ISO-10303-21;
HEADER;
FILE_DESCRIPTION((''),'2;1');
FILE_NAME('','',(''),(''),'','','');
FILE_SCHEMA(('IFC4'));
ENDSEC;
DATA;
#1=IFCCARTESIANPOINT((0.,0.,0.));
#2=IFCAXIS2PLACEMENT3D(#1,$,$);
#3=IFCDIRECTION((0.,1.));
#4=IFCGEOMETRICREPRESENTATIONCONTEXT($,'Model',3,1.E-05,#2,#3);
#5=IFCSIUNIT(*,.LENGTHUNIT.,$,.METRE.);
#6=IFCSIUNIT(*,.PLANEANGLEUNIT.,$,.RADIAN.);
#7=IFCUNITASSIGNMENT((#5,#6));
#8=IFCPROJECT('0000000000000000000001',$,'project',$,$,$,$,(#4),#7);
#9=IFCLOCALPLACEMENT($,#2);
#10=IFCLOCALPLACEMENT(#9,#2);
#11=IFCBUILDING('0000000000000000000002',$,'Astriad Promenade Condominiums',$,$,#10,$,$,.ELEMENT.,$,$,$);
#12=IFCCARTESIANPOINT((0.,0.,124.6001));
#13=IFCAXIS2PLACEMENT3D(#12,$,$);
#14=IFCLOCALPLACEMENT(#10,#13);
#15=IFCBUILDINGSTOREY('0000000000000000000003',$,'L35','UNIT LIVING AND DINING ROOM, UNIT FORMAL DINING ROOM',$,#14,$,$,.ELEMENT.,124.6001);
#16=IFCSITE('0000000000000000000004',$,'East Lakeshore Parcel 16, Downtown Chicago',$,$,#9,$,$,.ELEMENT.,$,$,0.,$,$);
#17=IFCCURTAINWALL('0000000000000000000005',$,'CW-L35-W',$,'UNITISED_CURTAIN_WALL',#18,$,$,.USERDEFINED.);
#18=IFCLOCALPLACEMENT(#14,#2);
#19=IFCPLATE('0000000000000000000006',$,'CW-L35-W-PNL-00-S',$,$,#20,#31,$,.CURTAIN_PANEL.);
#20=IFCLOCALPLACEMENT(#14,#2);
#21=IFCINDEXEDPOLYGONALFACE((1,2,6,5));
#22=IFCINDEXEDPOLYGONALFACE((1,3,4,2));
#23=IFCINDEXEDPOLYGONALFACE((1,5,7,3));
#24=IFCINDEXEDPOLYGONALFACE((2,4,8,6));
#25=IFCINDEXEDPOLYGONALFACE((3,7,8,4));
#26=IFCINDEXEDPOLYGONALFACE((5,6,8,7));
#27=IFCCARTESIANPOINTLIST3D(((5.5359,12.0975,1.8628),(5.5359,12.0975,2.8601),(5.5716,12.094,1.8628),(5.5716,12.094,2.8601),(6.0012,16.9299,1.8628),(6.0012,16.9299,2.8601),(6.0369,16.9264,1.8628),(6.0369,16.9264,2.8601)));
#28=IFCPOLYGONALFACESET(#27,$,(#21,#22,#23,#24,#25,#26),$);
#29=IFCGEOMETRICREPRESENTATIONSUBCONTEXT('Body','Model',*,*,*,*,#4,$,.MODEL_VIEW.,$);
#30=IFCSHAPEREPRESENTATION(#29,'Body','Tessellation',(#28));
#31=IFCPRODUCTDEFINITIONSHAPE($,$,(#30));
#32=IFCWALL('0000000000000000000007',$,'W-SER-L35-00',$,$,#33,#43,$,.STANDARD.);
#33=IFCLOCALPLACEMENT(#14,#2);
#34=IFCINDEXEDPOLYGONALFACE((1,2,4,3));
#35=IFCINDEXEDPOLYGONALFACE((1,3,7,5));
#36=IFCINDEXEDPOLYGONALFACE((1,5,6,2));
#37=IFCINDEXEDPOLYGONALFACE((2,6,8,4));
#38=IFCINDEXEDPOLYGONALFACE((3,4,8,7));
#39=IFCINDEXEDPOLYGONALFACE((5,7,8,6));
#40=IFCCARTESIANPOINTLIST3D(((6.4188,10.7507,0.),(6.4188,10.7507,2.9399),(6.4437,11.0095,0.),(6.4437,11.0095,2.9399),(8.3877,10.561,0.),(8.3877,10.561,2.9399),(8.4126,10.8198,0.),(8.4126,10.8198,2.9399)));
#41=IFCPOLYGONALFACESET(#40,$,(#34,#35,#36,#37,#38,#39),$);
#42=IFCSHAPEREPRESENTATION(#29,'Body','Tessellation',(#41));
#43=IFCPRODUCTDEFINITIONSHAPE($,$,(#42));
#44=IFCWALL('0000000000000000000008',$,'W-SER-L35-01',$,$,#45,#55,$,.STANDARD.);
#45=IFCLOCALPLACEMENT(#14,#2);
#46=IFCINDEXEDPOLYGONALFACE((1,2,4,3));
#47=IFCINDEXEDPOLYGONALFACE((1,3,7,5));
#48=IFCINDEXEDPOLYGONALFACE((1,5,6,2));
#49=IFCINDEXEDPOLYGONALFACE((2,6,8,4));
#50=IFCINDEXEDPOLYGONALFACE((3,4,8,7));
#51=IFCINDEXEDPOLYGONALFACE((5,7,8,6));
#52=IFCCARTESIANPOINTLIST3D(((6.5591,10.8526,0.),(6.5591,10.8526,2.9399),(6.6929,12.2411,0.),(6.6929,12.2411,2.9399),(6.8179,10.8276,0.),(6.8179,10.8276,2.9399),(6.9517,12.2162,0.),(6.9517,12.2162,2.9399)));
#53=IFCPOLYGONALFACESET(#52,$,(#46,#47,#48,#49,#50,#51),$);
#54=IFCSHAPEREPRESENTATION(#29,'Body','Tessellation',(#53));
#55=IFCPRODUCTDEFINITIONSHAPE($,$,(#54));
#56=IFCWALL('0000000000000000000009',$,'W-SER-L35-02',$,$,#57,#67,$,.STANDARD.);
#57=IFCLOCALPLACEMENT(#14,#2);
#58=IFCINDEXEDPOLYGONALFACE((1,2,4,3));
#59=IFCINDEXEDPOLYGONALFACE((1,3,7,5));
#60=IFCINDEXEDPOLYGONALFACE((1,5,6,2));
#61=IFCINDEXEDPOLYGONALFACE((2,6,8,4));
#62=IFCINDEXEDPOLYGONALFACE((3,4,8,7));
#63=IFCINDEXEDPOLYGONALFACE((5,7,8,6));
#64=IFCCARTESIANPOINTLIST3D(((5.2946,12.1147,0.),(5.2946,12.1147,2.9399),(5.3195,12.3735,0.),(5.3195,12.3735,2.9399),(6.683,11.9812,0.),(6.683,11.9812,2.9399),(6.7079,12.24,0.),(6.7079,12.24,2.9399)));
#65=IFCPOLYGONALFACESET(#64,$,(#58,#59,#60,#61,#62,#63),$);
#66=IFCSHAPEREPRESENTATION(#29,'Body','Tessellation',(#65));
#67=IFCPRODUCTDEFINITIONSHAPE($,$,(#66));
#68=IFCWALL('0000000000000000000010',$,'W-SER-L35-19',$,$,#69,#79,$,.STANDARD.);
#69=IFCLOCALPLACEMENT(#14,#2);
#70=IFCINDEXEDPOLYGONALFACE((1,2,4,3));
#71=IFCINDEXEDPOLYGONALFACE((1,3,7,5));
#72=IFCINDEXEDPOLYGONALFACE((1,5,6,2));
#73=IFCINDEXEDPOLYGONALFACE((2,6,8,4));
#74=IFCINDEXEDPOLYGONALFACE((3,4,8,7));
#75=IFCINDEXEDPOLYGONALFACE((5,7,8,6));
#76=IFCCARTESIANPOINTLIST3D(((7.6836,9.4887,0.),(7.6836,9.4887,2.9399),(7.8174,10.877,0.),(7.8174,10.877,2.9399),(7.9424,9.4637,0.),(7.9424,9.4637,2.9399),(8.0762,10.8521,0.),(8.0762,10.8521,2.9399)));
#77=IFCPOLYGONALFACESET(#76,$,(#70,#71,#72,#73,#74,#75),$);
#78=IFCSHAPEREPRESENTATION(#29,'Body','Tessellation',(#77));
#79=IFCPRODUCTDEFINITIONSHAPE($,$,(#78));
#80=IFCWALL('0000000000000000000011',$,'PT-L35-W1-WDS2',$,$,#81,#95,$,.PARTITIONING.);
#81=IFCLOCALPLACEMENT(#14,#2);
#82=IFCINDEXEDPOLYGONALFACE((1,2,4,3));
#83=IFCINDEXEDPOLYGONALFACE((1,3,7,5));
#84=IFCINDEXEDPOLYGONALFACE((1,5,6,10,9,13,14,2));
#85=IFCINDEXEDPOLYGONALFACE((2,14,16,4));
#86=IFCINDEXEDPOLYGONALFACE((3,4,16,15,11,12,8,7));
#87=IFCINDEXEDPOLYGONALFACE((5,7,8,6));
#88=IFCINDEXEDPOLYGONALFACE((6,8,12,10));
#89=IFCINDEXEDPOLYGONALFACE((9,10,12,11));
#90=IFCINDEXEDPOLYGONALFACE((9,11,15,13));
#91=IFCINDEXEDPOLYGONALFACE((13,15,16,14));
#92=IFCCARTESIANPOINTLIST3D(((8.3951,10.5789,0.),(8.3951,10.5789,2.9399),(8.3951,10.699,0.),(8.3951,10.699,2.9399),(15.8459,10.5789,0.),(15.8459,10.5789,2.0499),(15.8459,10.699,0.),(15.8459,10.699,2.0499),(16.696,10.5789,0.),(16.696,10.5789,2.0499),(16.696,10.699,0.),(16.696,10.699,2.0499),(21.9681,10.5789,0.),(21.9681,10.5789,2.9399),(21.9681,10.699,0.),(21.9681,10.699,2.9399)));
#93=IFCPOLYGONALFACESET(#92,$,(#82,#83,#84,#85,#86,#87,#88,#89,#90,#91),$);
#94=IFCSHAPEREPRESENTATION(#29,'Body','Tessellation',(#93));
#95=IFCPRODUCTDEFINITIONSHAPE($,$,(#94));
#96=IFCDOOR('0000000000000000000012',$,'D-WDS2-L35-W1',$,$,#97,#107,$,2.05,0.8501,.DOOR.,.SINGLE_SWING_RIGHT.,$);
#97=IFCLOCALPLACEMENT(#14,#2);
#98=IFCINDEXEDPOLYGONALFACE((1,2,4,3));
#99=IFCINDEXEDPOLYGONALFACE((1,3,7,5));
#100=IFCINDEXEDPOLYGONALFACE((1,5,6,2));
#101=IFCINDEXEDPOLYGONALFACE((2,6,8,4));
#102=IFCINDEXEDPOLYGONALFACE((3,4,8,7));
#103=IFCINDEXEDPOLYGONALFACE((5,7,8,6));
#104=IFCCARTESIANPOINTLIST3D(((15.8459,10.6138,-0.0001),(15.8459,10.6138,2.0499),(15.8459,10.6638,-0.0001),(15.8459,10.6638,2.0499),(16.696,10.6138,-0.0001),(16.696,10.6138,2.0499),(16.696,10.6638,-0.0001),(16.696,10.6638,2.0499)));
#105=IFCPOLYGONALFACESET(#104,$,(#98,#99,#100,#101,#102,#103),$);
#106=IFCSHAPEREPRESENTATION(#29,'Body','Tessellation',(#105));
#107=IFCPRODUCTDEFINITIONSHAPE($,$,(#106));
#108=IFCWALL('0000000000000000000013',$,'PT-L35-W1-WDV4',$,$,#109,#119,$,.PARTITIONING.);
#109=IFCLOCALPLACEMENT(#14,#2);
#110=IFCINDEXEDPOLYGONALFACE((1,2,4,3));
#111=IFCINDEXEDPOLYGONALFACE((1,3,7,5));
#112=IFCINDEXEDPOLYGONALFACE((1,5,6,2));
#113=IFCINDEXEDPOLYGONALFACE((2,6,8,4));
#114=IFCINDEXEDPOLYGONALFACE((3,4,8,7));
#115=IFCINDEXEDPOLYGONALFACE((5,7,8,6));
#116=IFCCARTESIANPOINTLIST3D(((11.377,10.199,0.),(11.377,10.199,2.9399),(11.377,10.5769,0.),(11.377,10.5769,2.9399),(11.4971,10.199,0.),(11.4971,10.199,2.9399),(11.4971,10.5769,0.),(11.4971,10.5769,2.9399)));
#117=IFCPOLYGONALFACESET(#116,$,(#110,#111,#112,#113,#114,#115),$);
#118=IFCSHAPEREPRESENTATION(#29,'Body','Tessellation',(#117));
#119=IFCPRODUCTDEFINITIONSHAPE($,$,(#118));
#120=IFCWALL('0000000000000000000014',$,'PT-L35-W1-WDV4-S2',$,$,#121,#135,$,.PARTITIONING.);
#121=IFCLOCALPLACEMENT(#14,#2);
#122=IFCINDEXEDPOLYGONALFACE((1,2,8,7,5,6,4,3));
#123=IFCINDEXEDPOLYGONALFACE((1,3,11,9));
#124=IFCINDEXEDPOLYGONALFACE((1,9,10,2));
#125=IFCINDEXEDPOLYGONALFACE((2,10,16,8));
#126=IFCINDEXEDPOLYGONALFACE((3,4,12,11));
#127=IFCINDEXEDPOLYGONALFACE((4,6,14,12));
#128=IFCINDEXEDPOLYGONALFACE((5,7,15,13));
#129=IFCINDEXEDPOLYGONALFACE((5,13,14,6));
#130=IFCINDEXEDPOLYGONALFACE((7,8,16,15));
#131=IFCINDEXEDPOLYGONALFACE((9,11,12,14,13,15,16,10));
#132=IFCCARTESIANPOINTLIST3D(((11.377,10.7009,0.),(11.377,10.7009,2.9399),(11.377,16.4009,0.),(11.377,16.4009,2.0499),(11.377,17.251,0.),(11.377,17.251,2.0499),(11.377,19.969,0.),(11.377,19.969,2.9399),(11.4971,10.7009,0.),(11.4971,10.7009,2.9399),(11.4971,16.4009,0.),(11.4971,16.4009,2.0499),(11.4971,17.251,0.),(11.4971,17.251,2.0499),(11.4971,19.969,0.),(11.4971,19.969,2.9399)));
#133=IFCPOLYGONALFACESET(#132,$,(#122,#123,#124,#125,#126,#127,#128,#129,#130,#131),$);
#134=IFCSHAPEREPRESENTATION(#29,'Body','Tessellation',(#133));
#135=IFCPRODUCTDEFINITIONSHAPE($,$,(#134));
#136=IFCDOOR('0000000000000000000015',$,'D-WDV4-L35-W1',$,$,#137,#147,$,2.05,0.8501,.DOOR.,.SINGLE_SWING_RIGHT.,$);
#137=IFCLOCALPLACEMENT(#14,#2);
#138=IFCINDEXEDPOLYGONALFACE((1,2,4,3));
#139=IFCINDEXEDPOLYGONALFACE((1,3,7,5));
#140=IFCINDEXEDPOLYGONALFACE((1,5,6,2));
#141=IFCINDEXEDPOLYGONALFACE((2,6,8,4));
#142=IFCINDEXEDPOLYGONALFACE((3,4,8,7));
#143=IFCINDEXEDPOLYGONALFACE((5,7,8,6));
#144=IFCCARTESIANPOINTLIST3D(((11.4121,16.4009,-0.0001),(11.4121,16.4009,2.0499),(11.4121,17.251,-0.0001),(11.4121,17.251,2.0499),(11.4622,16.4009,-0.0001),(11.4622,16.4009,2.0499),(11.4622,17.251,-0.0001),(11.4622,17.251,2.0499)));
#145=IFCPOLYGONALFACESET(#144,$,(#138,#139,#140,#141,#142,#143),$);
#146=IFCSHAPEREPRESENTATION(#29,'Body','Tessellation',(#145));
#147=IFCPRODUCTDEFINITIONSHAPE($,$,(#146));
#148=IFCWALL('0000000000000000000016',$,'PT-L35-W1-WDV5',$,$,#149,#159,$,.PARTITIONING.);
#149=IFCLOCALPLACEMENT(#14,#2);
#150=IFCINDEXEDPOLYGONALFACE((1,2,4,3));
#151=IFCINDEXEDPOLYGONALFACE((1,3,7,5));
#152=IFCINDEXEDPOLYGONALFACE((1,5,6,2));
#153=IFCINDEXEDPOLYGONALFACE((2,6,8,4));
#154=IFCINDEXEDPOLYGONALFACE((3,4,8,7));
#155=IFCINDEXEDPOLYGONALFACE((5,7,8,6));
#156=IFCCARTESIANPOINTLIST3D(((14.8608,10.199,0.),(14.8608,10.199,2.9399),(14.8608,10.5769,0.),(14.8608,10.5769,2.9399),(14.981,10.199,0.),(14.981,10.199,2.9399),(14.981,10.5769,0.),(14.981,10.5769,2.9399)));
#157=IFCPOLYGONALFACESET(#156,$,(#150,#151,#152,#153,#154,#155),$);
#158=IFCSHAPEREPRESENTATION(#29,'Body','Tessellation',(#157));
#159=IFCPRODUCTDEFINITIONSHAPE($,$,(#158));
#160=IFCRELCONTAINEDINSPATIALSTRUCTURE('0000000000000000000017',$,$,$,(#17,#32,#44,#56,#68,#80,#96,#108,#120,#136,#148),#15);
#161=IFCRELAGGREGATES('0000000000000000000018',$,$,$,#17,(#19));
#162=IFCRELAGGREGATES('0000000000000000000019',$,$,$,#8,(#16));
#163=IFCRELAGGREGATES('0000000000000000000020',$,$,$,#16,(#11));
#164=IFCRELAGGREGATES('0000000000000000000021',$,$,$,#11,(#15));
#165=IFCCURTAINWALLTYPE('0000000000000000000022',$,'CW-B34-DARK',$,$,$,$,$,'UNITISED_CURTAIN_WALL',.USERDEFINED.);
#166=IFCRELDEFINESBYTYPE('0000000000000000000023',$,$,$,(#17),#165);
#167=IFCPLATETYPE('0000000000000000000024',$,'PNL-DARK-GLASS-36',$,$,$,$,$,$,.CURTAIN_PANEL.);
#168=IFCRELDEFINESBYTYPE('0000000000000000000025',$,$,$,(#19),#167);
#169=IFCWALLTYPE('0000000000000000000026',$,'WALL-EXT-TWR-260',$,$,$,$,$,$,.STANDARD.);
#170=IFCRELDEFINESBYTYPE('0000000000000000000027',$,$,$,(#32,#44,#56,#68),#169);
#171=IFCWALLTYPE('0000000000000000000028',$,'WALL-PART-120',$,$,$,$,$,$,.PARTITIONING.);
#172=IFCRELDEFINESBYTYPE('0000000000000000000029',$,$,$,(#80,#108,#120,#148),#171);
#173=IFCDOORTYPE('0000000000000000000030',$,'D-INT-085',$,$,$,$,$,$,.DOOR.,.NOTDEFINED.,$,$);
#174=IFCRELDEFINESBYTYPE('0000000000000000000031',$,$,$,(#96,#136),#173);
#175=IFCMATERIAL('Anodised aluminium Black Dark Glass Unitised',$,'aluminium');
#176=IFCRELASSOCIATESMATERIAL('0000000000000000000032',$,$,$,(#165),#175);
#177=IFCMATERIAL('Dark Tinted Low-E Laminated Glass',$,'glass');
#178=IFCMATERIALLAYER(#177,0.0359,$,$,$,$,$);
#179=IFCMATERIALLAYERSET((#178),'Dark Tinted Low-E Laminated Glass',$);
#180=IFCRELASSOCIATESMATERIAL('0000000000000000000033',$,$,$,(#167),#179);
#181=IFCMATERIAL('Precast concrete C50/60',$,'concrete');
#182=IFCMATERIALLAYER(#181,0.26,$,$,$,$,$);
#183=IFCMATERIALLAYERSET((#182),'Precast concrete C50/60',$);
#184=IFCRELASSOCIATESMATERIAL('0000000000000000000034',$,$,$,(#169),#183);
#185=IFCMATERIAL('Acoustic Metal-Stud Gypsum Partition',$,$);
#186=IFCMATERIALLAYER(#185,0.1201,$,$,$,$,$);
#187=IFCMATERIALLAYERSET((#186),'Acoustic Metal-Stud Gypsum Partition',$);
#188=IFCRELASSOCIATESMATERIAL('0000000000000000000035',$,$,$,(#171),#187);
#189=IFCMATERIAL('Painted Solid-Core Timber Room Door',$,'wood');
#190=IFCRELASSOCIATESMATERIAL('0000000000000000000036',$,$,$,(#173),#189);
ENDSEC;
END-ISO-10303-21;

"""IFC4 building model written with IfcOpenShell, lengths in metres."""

from ifc_helpers import new_model, si_unit, direction, frame, frame_2d, origin, origin_2d, place, context, subcontext, project, spatial, rectangle, extrude, source, transform, mapped, material, layer, layer_set, type_object, type_shapes, element, fill, aggregate, save


model = new_model("IFC4")

# Units and contexts
model_context = context("Model", 3, precision=1e-05, world=origin(), true_north=direction((0.0, 1.0)))
body_context = subcontext(model_context, "Body", "Model", "MODEL_VIEW")
ifc_project = project(units=[si_unit("LENGTHUNIT", "METRE"), si_unit("PLANEANGLEUNIT", "RADIAN")], contexts=[model_context])

# Site, building, storey
site_placement = place(None, origin())
site = spatial("IfcSite", under=ifc_project, at=site_placement, Name="East Lakeshore Parcel 16, Downtown Chicago", CompositionType="ELEMENT", RefElevation=0.0)
building_placement = place(site_placement, origin())
building = spatial("IfcBuilding", under=site, at=building_placement, Name="Astriad Promenade Condominiums", CompositionType="ELEMENT")
storey_placement = place(building_placement, frame((0.0, 0.0, 124.6001)))
storey = spatial("IfcBuildingStorey", under=building, at=storey_placement, Name="L35", Description="UNIT LIVING AND DINING ROOM, UNIT FORMAL DINING ROOM", CompositionType="ELEMENT", Elevation=124.6001)

# Curtain wall
ifc_material_1 = material(Name="Anodised aluminium Black Dark Glass Unitised", Category="aluminium")
curtain_wall_type = type_object("IfcCurtainWallType", Name="CW-B34-DARK", ElementType="UNITISED_CURTAIN_WALL", PredefinedType="USERDEFINED", material=ifc_material_1)
curtain_wall_placement = place(storey_placement, origin())
curtain_wall = element("IfcCurtainWall", 1, at=curtain_wall_placement, inside=storey, type_object=curtain_wall_type, Name="CW-L35-W", ObjectType="UNITISED_CURTAIN_WALL", PredefinedType="USERDEFINED")

# Shared definitions
ifc_material_2 = material(Name="Precast concrete C50/60", Category="concrete")

# Plate
ifc_material_3 = material(Name="Dark Tinted Low-E Laminated Glass", Category="glass")
ifc_layer_1 = layer(ifc_material_3, 0.0359)
ifc_layer_set_1 = layer_set([ifc_layer_1], Name="Dark Tinted Low-E Laminated Glass")
plate_type = type_object("IfcPlateType", Name="PNL-DARK-GLASS-36", PredefinedType="CURTAIN_PANEL", material=ifc_layer_set_1)
shared_shape_1 = source(origin(), body_context, "Body", "SweptSolid", [
    extrude(rectangle(XDim=4.8547, YDim=0.0359, at=origin_2d()), origin(), (0.0, 0.0, 1.0), 0.9973),
])
plate_1_placement = place(storey_placement, frame((5.7864, 14.512, 1.8628), z_axis=(0.0, 0.0, 1.0), x_axis=(0.095846, 0.995396, 0.0)))
plate_1 = element("IfcPlate", 2, at=plate_1_placement, type_object=plate_type, Name="CW-L35-W-PNL-00-S", PredefinedType="CURTAIN_PANEL", context=body_context, shape_type="MappedRepresentation", body=[
    mapped(shared_shape_1, transform((0.0, 0.0, 0.0), scale=1.0)),
])
aggregate(curtain_wall, [plate_1])

# Walls
ifc_layer_2 = layer(ifc_material_2, 0.26)
ifc_layer_set_2 = layer_set([ifc_layer_2], Name="Precast concrete C50/60")
wall_type_1 = type_object("IfcWallType", Name="WALL-EXT-TWR-260", PredefinedType="STANDARD", material=ifc_layer_set_2)
wall_1_placement = place(storey_placement, frame((8.4001, 10.6904, 0.0), z_axis=(0.0, 0.0, 1.0), x_axis=(-0.995391, 0.095898, 0.0)))
element("IfcWall", 3, at=wall_1_placement, inside=storey, type_object=wall_type_1, Name="W-SER-L35-00", PredefinedType="STANDARD", context=body_context, shape_type="SweptSolid", body=[
    extrude(rectangle(XDim=1.978, YDim=0.26, at=frame_2d((0.989, 0.0))), origin(), (0.0, 0.0, 1.0), 2.9399),
])
wall_2_placement = place(storey_placement, frame((6.6885, 10.8401, 0.0), z_axis=(0.0, 0.0, 1.0), x_axis=(0.095899, 0.995391, 0.0)))
element("IfcWall", 4, at=wall_2_placement, inside=storey, type_object=wall_type_1, Name="W-SER-L35-01", PredefinedType="STANDARD", context=body_context, shape_type="SweptSolid", body=[
    extrude(rectangle(XDim=1.395, YDim=0.26, at=frame_2d((0.6975, 0.0))), origin(), (0.0, 0.0, 1.0), 2.9399),
])
for number, where, z_axis, x_axis, name in (
    (5, (6.6953, 12.1106, 0.0), (0.0, 0.0, 1.0), (-0.995406, 0.095742, 0.0), "W-SER-L35-02"),
    (6, (7.813, 9.4763, 0.0), (0.0, 0.0, 1.0), (0.095916, 0.995389, 0.0), "W-SER-L35-19"),
):
    element("IfcWall", number, at=place(storey_placement, frame(where, z_axis=z_axis, x_axis=x_axis)), inside=storey, type_object=wall_type_1, Name=name, PredefinedType="STANDARD", context=body_context, shape_type="SweptSolid", body=[
        extrude(rectangle(XDim=1.3948, YDim=0.26, at=frame_2d((0.6973, 0.0))), origin(), (0.0, 0.0, 1.0), 2.9399),
    ])

# Wall, opening, door
ifc_material_4 = material(Name="Acoustic Metal-Stud Gypsum Partition")
ifc_layer_3 = layer(ifc_material_4, 0.1201)
ifc_layer_set_3 = layer_set([ifc_layer_3], Name="Acoustic Metal-Stud Gypsum Partition")
wall_type_2 = type_object("IfcWallType", Name="WALL-PART-120", PredefinedType="PARTITIONING", material=ifc_layer_set_3)
wall_3_placement = place(storey_placement, frame((8.395, 10.6389, 0.0), z_axis=(0.0, 0.0, 1.0), x_axis=(1.0, 0.0, 0.0)))
wall_3 = element("IfcWall", 7, at=wall_3_placement, inside=storey, type_object=wall_type_2, Name="PT-L35-W1-WDS2", PredefinedType="PARTITIONING", context=body_context, shape_type="SweptSolid", body=[
    extrude(rectangle(XDim=13.573, YDim=0.1201, at=frame_2d((6.7866, 0.0))), origin(), (0.0, 0.0, 1.0), 2.9399),
])
opening_1_placement = place(wall_3_placement, frame((7.4509, 0.0, 0.0)))
opening_1 = element("IfcOpeningElement", 8, at=opening_1_placement, cuts=wall_3, PredefinedType="OPENING", context=body_context, shape_type="SweptSolid", body=[
    extrude(rectangle(XDim=0.8501, YDim=2.05, at=frame_2d((0.425, 1.0249))), frame((0.0, 0.0701, 0.0), z_axis=(0.0, -1.0, 0.0), x_axis=(1.0, 0.0, 0.0)), (0.0, 0.0, 1.0), 0.1401),
])
ifc_material_5 = material(Name="Painted Solid-Core Timber Room Door", Category="wood")
door_type = type_object("IfcDoorType", Name="D-INT-085", OperationType="NOTDEFINED", PredefinedType="DOOR", material=ifc_material_5)
shared_shape_2 = source(origin(), body_context, "Body", "SweptSolid", [
    extrude(rectangle(XDim=0.8501, YDim=2.05, at=frame_2d((0.425, 1.0249))), frame((0.0, 0.0249, 0.0), z_axis=(0.0, -1.0, 0.0), x_axis=(1.0, 0.0, 0.0)), (0.0, 0.0, 1.0), 0.05),
])
type_shapes(door_type, [shared_shape_2])
door_1_placement = place(opening_1_placement, origin())
door_1 = element("IfcDoor", 9, at=door_1_placement, inside=storey, type_object=door_type, Name="D-WDS2-L35-W1", OperationType="SINGLE_SWING_RIGHT", OverallHeight=2.05, OverallWidth=0.8501, PredefinedType="DOOR", context=body_context, shape_type="MappedRepresentation", body=[
    mapped(shared_shape_2, transform((0.0, 0.0, 0.0), scale=1.0)),
])
fill(opening_1, door_1)

# Wall
wall_4_placement = place(storey_placement, frame((11.437, 10.199, 0.0), z_axis=(0.0, 0.0, 1.0), x_axis=(0.0, 1.0, 0.0)))
element("IfcWall", 10, at=wall_4_placement, inside=storey, type_object=wall_type_2, Name="PT-L35-W1-WDV4", PredefinedType="PARTITIONING", context=body_context, shape_type="SweptSolid", body=[
    extrude(rectangle(XDim=0.3779, YDim=0.1201, at=frame_2d((0.189, 0.0))), origin(), (0.0, 0.0, 1.0), 2.9399),
])

# Wall, opening, door
wall_5_placement = place(storey_placement, frame((11.437, 10.7009, 0.0), z_axis=(0.0, 0.0, 1.0), x_axis=(0.0, 1.0, 0.0)))
wall_5 = element("IfcWall", 11, at=wall_5_placement, inside=storey, type_object=wall_type_2, Name="PT-L35-W1-WDV4-S2", PredefinedType="PARTITIONING", context=body_context, shape_type="SweptSolid", body=[
    extrude(rectangle(XDim=9.2681, YDim=0.1201, at=frame_2d((4.634, 0.0))), origin(), (0.0, 0.0, 1.0), 2.9399),
])
opening_2_placement = place(wall_5_placement, frame((5.7, 0.0, 0.0)))
opening_2 = element("IfcOpeningElement", 12, at=opening_2_placement, cuts=wall_5, PredefinedType="OPENING", context=body_context, shape_type="SweptSolid", body=[
    extrude(rectangle(XDim=0.8501, YDim=2.05, at=frame_2d((0.425, 1.0249))), frame((0.0, 0.0701, 0.0), z_axis=(0.0, -1.0, 0.0), x_axis=(1.0, 0.0, 0.0)), (0.0, 0.0, 1.0), 0.1401),
])
door_2_placement = place(opening_2_placement, origin())
door_2 = element("IfcDoor", 13, at=door_2_placement, inside=storey, type_object=door_type, Name="D-WDV4-L35-W1", OperationType="SINGLE_SWING_RIGHT", OverallHeight=2.05, OverallWidth=0.8501, PredefinedType="DOOR", context=body_context, shape_type="MappedRepresentation", body=[
    mapped(shared_shape_2, transform((0.0, 0.0, 0.0), scale=1.0)),
])
fill(opening_2, door_2)

# Wall
wall_6_placement = place(storey_placement, frame((14.9209, 10.199, 0.0), z_axis=(0.0, 0.0, 1.0), x_axis=(0.0, 1.0, 0.0)))
element("IfcWall", 14, at=wall_6_placement, inside=storey, type_object=wall_type_2, Name="PT-L35-W1-WDV5", PredefinedType="PARTITIONING", context=body_context, shape_type="SweptSolid", body=[
    extrude(rectangle(XDim=0.3779, YDim=0.1201, at=frame_2d((0.189, 0.0))), origin(), (0.0, 0.0, 1.0), 2.9399),
])

save(model, "model.ifc")
